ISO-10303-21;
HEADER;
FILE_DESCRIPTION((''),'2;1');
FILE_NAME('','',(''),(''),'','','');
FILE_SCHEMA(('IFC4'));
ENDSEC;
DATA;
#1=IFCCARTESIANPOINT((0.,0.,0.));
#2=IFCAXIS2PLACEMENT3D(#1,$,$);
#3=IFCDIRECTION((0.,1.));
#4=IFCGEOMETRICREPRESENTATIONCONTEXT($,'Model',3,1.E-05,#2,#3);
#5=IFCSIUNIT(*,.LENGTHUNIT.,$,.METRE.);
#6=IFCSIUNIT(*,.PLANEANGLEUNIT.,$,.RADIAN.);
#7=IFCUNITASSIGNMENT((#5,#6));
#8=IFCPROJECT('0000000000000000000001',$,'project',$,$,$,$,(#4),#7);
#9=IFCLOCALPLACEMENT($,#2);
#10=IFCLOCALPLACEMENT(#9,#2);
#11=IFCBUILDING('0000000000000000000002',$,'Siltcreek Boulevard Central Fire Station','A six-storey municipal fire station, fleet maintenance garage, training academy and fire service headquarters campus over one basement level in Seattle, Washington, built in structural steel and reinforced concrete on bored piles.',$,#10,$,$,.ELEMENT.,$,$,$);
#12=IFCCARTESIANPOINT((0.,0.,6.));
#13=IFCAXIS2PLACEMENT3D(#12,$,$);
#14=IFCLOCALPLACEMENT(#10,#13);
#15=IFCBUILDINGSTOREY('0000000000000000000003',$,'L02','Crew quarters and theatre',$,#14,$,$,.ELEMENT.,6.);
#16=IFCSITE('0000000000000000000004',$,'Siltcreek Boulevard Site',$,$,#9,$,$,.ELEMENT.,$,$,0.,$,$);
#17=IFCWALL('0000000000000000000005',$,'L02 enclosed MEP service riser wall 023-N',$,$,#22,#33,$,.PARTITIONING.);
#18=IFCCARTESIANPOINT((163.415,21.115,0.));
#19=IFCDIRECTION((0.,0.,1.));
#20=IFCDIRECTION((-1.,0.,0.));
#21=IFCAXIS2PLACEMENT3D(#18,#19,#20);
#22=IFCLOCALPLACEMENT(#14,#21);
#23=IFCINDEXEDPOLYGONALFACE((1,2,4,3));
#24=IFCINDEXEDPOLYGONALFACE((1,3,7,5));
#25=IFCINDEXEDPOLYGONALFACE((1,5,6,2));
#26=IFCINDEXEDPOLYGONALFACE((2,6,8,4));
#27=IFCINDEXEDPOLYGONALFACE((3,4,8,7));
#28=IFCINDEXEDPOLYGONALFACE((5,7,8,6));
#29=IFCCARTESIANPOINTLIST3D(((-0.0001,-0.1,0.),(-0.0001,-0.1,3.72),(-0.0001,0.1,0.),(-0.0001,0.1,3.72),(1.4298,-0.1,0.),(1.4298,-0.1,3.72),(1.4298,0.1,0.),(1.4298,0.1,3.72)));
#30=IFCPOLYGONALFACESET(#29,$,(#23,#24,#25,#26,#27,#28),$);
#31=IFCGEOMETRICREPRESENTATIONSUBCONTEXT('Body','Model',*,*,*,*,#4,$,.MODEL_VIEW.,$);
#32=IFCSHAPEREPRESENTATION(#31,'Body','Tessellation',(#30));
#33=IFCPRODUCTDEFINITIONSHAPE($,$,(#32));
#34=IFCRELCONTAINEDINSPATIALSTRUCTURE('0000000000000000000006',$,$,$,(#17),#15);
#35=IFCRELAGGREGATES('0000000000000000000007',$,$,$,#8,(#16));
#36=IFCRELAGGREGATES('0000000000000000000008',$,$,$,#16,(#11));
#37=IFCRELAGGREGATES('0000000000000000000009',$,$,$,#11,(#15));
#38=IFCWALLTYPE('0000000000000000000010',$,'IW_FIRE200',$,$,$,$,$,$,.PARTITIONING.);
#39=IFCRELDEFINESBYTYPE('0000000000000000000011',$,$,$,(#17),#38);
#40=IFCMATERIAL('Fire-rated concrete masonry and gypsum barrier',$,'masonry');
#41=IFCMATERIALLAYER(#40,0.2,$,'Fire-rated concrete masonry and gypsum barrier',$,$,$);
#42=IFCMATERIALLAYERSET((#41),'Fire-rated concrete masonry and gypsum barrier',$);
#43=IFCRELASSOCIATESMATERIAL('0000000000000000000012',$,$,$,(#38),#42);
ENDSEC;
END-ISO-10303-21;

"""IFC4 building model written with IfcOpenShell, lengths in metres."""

from ifc_helpers import new_model, si_unit, direction, frame, frame_2d, origin, place, context, subcontext, project, spatial, rectangle, extrude, material, layer, layer_set, type_object, element, save


model = new_model("IFC4")

# Units and contexts
model_context = context("Model", 3, precision=1e-05, world=origin(), true_north=direction((0.0, 1.0)))
body_context = subcontext(model_context, "Body", "Model", "MODEL_VIEW")
ifc_project = project(units=[si_unit("LENGTHUNIT", "METRE"), si_unit("PLANEANGLEUNIT", "RADIAN")], contexts=[model_context])

# Site, building, storey
site_placement = place(None, origin())
site = spatial("IfcSite", under=ifc_project, at=site_placement, Name="Siltcreek Boulevard Site", CompositionType="ELEMENT", RefElevation=0.0)
building_placement = place(site_placement, origin())
building = spatial("IfcBuilding", under=site, at=building_placement, Name="Siltcreek Boulevard Central Fire Station", Description="A six-storey municipal fire station, fleet maintenance garage, training academy and fire service headquarters campus over one basement level in Seattle, Washington, built in structural steel and reinforced concrete on bored piles.", CompositionType="ELEMENT")
storey_placement = place(building_placement, frame((0.0, 0.0, 6.0)))
storey = spatial("IfcBuildingStorey", under=building, at=storey_placement, Name="L02", Description="Crew quarters and theatre", CompositionType="ELEMENT", Elevation=6.0)

# Wall
ifc_material_1 = material(Name="Fire-rated concrete masonry and gypsum barrier", Category="masonry")
ifc_layer_1 = layer(ifc_material_1, 0.2, Name="Fire-rated concrete masonry and gypsum barrier")
ifc_layer_set_1 = layer_set([ifc_layer_1], Name="Fire-rated concrete masonry and gypsum barrier")
wall_type_1 = type_object("IfcWallType", Name="IW_FIRE200", PredefinedType="PARTITIONING", material=ifc_layer_set_1)
wall_1_placement = place(storey_placement, frame((163.415, 21.115, 0.0), z_axis=(0.0, 0.0, 1.0), x_axis=(-1.0, 0.0, 0.0)))
element("IfcWall", 1, at=wall_1_placement, inside=storey, type_object=wall_type_1, Name="L02 enclosed MEP service riser wall 023-N", PredefinedType="PARTITIONING", context=body_context, shape_type="SweptSolid", body=[
    extrude(rectangle(XDim=1.4299, YDim=0.2, at=frame_2d((0.7148, 0.0))), origin(), (0.0, 0.0, 1.0), 3.72),
])

save(model, "model.ifc")
